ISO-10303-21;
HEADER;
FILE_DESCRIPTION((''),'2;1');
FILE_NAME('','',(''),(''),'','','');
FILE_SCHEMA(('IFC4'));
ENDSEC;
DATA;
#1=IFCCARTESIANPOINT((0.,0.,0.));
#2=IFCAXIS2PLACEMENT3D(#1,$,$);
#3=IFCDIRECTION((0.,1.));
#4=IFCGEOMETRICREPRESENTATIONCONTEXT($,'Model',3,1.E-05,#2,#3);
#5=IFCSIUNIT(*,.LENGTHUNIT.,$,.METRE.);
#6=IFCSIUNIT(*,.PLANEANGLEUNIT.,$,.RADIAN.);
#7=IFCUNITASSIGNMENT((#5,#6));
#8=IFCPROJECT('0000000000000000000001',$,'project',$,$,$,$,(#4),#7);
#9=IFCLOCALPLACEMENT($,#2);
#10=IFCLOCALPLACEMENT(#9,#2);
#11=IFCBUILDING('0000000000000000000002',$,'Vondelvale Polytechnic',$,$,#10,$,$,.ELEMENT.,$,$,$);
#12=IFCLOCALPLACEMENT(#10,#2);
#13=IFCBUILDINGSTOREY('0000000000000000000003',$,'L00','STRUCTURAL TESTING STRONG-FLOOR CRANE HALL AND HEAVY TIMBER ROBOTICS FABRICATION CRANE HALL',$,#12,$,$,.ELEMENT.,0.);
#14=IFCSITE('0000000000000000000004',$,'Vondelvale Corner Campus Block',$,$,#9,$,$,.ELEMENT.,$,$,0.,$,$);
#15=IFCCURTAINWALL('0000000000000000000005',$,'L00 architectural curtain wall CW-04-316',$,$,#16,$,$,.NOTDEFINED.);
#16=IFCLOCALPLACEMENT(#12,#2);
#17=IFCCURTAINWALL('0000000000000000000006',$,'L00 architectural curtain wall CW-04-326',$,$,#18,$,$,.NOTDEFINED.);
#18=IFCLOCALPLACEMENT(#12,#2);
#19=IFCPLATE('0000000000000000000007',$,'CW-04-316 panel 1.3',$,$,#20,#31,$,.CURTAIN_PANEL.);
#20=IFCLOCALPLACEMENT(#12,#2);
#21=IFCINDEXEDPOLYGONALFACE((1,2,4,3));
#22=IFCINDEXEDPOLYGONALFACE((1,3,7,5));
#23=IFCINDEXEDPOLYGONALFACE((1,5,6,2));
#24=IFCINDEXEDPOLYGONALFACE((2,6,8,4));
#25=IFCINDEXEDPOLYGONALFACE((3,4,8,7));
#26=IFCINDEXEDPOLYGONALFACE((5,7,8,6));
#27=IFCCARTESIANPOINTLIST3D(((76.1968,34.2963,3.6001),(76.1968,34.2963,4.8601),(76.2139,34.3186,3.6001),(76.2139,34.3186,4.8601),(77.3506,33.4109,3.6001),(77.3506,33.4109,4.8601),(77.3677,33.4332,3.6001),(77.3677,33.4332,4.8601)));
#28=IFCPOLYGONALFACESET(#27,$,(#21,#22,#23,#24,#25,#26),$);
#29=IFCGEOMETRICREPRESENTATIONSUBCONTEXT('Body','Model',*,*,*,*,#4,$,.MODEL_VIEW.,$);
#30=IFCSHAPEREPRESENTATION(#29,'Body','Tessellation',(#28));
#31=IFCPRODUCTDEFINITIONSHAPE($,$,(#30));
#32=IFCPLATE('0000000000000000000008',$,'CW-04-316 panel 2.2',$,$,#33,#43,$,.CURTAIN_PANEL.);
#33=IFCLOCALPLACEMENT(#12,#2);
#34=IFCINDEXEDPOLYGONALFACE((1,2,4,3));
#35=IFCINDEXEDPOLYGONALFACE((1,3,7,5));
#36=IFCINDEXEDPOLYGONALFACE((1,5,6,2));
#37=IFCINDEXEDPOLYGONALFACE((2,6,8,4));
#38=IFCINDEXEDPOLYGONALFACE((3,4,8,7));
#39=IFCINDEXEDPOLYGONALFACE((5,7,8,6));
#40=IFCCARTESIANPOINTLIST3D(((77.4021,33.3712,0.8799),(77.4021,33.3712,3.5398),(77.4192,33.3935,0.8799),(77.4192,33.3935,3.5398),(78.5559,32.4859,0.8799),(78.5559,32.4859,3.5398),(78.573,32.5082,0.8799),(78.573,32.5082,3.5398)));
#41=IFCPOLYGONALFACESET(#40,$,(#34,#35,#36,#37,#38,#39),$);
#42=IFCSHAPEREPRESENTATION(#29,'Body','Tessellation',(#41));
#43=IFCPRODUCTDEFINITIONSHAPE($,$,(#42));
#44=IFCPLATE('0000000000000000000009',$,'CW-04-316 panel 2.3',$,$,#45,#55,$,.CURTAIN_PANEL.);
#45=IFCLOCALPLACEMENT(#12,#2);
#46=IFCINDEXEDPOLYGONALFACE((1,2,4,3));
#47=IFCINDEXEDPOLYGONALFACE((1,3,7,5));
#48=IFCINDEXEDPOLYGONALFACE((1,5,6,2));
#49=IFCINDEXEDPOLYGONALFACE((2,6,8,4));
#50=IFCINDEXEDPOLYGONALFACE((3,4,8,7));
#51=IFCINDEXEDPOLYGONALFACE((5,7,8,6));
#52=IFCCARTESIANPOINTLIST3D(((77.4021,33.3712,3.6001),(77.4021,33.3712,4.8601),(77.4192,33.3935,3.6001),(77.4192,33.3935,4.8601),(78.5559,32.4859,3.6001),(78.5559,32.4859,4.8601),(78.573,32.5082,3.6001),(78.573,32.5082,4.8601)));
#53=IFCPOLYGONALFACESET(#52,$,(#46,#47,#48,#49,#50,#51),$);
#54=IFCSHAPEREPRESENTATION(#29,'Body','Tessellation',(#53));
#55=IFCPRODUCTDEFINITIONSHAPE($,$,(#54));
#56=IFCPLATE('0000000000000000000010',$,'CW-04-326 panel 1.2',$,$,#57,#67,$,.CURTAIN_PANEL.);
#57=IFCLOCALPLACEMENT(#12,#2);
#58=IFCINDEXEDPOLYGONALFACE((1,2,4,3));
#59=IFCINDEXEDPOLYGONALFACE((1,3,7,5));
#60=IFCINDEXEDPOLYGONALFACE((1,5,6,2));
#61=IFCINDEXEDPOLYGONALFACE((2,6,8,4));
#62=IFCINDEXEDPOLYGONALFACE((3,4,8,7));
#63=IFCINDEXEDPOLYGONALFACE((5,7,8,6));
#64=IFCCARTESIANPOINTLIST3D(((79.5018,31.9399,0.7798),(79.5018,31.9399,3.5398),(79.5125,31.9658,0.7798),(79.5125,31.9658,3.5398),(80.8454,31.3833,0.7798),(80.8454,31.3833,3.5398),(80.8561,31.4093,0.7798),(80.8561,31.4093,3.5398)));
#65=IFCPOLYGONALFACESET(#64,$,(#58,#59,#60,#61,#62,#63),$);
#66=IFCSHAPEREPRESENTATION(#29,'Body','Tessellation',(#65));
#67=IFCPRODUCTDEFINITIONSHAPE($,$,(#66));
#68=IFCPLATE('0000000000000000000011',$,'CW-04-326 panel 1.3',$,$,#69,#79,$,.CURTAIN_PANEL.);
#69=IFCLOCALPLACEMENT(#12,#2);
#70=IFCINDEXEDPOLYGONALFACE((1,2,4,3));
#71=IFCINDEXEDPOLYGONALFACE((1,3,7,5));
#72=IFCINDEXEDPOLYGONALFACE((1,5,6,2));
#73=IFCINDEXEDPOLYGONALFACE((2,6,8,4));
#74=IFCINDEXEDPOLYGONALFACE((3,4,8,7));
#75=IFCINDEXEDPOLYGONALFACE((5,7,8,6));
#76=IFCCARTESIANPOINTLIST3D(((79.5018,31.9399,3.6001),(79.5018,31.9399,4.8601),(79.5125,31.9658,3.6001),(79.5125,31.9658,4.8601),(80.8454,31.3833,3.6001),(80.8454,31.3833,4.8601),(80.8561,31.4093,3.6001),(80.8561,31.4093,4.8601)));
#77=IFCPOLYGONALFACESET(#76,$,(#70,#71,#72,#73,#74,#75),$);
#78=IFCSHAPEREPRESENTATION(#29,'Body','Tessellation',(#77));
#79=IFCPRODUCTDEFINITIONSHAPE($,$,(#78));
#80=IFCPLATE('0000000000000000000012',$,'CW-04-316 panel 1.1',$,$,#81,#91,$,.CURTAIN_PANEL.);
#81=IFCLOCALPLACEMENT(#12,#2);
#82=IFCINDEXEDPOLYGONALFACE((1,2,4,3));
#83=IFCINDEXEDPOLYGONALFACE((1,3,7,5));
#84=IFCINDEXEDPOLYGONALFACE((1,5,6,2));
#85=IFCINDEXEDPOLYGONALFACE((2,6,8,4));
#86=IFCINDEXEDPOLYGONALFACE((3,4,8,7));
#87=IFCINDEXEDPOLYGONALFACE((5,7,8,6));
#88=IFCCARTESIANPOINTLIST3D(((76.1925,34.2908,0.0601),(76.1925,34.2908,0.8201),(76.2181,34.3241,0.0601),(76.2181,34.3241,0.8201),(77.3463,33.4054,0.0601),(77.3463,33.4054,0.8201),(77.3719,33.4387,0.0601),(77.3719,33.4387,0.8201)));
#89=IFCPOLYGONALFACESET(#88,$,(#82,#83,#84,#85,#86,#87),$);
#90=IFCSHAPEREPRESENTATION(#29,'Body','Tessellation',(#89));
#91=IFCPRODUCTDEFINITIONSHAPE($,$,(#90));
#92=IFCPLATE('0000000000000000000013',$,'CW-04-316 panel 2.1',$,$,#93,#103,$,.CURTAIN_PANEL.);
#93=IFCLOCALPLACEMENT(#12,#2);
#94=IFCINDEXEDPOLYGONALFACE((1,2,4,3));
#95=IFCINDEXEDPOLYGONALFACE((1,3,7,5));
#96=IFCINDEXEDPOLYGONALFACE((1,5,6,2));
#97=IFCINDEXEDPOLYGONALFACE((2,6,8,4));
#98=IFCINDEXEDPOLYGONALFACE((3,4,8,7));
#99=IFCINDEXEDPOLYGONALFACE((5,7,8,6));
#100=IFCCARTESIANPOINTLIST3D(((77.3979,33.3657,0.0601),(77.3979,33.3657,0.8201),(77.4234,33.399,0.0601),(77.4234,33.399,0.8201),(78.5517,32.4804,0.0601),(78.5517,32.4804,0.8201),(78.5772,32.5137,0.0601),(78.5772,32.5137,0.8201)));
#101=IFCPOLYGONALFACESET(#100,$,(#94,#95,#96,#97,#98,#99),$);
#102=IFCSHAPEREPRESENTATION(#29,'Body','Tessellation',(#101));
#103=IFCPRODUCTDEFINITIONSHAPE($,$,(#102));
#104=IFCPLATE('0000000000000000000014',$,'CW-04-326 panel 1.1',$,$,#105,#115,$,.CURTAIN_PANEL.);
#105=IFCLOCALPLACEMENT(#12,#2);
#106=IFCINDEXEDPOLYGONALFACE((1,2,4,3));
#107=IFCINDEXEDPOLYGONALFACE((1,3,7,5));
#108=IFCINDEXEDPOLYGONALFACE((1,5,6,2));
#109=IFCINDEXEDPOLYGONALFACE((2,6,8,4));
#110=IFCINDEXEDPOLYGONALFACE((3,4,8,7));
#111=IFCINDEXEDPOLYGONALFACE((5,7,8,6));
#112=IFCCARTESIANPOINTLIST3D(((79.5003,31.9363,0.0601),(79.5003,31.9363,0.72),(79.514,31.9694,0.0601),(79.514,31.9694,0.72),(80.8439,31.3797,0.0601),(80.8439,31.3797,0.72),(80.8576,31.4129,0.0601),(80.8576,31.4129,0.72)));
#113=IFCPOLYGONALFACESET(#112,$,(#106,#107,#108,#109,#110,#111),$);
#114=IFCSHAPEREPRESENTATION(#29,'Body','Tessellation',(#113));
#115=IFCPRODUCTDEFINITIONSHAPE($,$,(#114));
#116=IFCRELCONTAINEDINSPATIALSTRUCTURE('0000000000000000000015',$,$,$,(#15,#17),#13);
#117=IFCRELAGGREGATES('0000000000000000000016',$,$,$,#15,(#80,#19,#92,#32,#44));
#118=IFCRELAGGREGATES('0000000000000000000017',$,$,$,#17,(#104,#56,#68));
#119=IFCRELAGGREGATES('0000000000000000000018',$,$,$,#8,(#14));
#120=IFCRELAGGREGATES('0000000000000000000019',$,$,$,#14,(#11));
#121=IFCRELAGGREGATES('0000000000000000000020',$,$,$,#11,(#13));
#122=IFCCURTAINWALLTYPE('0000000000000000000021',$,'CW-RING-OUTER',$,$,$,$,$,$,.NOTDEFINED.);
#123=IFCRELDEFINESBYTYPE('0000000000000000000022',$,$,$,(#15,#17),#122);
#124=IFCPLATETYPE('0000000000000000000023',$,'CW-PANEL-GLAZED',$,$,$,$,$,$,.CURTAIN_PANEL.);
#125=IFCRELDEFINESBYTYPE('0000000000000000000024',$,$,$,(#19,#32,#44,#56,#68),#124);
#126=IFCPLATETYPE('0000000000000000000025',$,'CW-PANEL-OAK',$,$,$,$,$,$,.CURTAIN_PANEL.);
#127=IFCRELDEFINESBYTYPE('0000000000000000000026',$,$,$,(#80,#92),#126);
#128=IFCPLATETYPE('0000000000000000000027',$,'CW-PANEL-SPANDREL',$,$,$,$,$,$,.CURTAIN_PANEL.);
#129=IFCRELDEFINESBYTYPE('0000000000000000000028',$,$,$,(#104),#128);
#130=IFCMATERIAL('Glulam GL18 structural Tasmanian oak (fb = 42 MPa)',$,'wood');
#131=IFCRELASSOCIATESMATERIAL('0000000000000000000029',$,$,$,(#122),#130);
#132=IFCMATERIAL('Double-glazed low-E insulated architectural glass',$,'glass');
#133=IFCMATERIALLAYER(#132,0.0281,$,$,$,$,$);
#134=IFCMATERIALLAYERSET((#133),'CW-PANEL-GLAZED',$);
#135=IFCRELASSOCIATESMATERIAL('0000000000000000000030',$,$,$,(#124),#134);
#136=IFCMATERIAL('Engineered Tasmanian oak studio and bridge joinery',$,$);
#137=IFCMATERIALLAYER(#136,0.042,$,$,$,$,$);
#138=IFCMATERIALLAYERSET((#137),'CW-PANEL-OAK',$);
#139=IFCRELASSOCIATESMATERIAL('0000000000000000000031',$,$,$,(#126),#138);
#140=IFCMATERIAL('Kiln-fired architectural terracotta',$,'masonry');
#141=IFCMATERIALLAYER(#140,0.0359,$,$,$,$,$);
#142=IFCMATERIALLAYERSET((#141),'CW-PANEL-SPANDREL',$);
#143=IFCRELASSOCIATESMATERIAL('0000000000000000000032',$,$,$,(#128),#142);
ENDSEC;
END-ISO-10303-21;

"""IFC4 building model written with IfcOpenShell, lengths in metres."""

from ifc_helpers import new_model, si_unit, direction, frame, origin, origin_2d, place, context, subcontext, project, spatial, rectangle, extrude, material, layer, layer_set, type_object, element, aggregate, save


model = new_model("IFC4")

# Units and contexts
model_context = context("Model", 3, precision=1e-05, world=origin(), true_north=direction((0.0, 1.0)))
body_context = subcontext(model_context, "Body", "Model", "MODEL_VIEW")
ifc_project = project(units=[si_unit("LENGTHUNIT", "METRE"), si_unit("PLANEANGLEUNIT", "RADIAN")], contexts=[model_context])

# Site, building, storey
site_placement = place(None, origin())
site = spatial("IfcSite", under=ifc_project, at=site_placement, Name="Vondelvale Corner Campus Block", CompositionType="ELEMENT", RefElevation=0.0)
building_placement = place(site_placement, origin())
building = spatial("IfcBuilding", under=site, at=building_placement, Name="Vondelvale Polytechnic", CompositionType="ELEMENT")
storey_placement = place(building_placement, origin())
storey = spatial("IfcBuildingStorey", under=building, at=storey_placement, Name="L00", Description="STRUCTURAL TESTING STRONG-FLOOR CRANE HALL AND HEAVY TIMBER ROBOTICS FABRICATION CRANE HALL", CompositionType="ELEMENT", Elevation=0.0)

# Shared definitions
ifc_material_1 = material(Name="Glulam GL18 structural Tasmanian oak (fb = 42 MPa)", Category="wood")

# Curtain wall
curtain_wall_type = type_object("IfcCurtainWallType", Name="CW-RING-OUTER", PredefinedType="NOTDEFINED", material=ifc_material_1)
curtain_wall_1_placement = place(storey_placement, origin())
curtain_wall_1 = element("IfcCurtainWall", 1, at=curtain_wall_1_placement, inside=storey, type_object=curtain_wall_type, Name="L00 architectural curtain wall CW-04-316", PredefinedType="NOTDEFINED")

# Curtain wall
curtain_wall_2_placement = place(storey_placement, origin())
curtain_wall_2 = element("IfcCurtainWall", 2, at=curtain_wall_2_placement, inside=storey, type_object=curtain_wall_type, Name="L00 architectural curtain wall CW-04-326", PredefinedType="NOTDEFINED")

# Plates
ifc_material_2 = material(Name="Double-glazed low-E insulated architectural glass", Category="glass")
ifc_layer_1 = layer(ifc_material_2, 0.0281)
ifc_layer_set_1 = layer_set([ifc_layer_1], Name="CW-PANEL-GLAZED")
plate_type_1 = type_object("IfcPlateType", Name="CW-PANEL-GLAZED", PredefinedType="CURTAIN_PANEL", material=ifc_layer_set_1)
plate_1_placement = place(storey_placement, frame((76.7822, 33.8647, 3.6001), z_axis=(0.0, 0.0, 1.0), x_axis=(0.793352, -0.608764, 0.0)))
plate_1 = element("IfcPlate", 3, at=plate_1_placement, type_object=plate_type_1, Name="CW-04-316 panel 1.3", PredefinedType="CURTAIN_PANEL", context=body_context, shape_type="SweptSolid", body=[
    extrude(rectangle(XDim=1.4543, YDim=0.0281, at=origin_2d()), origin(), (0.0, 0.0, 1.0), 1.26),
])
plate_2_placement = place(storey_placement, frame((77.9875, 32.9397, 0.8799), z_axis=(0.0, 0.0, 1.0), x_axis=(0.793352, -0.608764, 0.0)))
plate_2 = element("IfcPlate", 4, at=plate_2_placement, type_object=plate_type_1, Name="CW-04-316 panel 2.2", PredefinedType="CURTAIN_PANEL", context=body_context, shape_type="SweptSolid", body=[
    extrude(rectangle(XDim=1.4543, YDim=0.0281, at=origin_2d()), origin(), (0.0, 0.0, 1.0), 2.6599),
])
plate_3_placement = place(storey_placement, frame((77.9875, 32.9397, 3.6001), z_axis=(0.0, 0.0, 1.0), x_axis=(0.793352, -0.608764, 0.0)))
plate_3 = element("IfcPlate", 5, at=plate_3_placement, type_object=plate_type_1, Name="CW-04-316 panel 2.3", PredefinedType="CURTAIN_PANEL", context=body_context, shape_type="SweptSolid", body=[
    extrude(rectangle(XDim=1.4543, YDim=0.0281, at=origin_2d()), origin(), (0.0, 0.0, 1.0), 1.26),
])
plate_4_placement = place(storey_placement, frame((80.179, 31.6746, 0.7798), z_axis=(0.0, 0.0, 1.0), x_axis=(0.923881, -0.382679, 0.0)))
plate_4 = element("IfcPlate", 6, at=plate_4_placement, type_object=plate_type_1, Name="CW-04-326 panel 1.2", PredefinedType="CURTAIN_PANEL", context=body_context, shape_type="SweptSolid", body=[
    extrude(rectangle(XDim=1.4543, YDim=0.0281, at=origin_2d()), origin(), (0.0, 0.0, 1.0), 2.76),
])
plate_5_placement = place(storey_placement, frame((80.179, 31.6746, 3.6001), z_axis=(0.0, 0.0, 1.0), x_axis=(0.923881, -0.382679, 0.0)))
plate_5 = element("IfcPlate", 7, at=plate_5_placement, type_object=plate_type_1, Name="CW-04-326 panel 1.3", PredefinedType="CURTAIN_PANEL", context=body_context, shape_type="SweptSolid", body=[
    extrude(rectangle(XDim=1.4543, YDim=0.0281, at=origin_2d()), origin(), (0.0, 0.0, 1.0), 1.26),
])
ifc_material_3 = material(Name="Engineered Tasmanian oak studio and bridge joinery")
ifc_layer_2 = layer(ifc_material_3, 0.042)
ifc_layer_set_2 = layer_set([ifc_layer_2], Name="CW-PANEL-OAK")
plate_type_2 = type_object("IfcPlateType", Name="CW-PANEL-OAK", PredefinedType="CURTAIN_PANEL", material=ifc_layer_set_2)
plate_6_placement = place(storey_placement, frame((76.7822, 33.8647, 0.0601), z_axis=(0.0, 0.0, 1.0), x_axis=(0.793352, -0.608764, 0.0)))
plate_6 = element("IfcPlate", 8, at=plate_6_placement, type_object=plate_type_2, Name="CW-04-316 panel 1.1", PredefinedType="CURTAIN_PANEL", context=body_context, shape_type="SweptSolid", body=[
    extrude(rectangle(XDim=1.4543, YDim=0.042, at=origin_2d()), origin(), (0.0, 0.0, 1.0), 0.76),
])
plate_7_placement = place(storey_placement, frame((77.9875, 32.9397, 0.0601), z_axis=(0.0, 0.0, 1.0), x_axis=(0.793352, -0.608764, 0.0)))
plate_7 = element("IfcPlate", 9, at=plate_7_placement, type_object=plate_type_2, Name="CW-04-316 panel 2.1", PredefinedType="CURTAIN_PANEL", context=body_context, shape_type="SweptSolid", body=[
    extrude(rectangle(XDim=1.4543, YDim=0.042, at=origin_2d()), origin(), (0.0, 0.0, 1.0), 0.76),
])
aggregate(curtain_wall_1, [plate_6, plate_1, plate_7, plate_2, plate_3])
ifc_material_4 = material(Name="Kiln-fired architectural terracotta", Category="masonry")
ifc_layer_3 = layer(ifc_material_4, 0.0359)
ifc_layer_set_3 = layer_set([ifc_layer_3], Name="CW-PANEL-SPANDREL")
plate_type_3 = type_object("IfcPlateType", Name="CW-PANEL-SPANDREL", PredefinedType="CURTAIN_PANEL", material=ifc_layer_set_3)
plate_8_placement = place(storey_placement, frame((80.179, 31.6746, 0.0601), z_axis=(0.0, 0.0, 1.0), x_axis=(0.923881, -0.382679, 0.0)))
plate_8 = element("IfcPlate", 10, at=plate_8_placement, type_object=plate_type_3, Name="CW-04-326 panel 1.1", PredefinedType="CURTAIN_PANEL", context=body_context, shape_type="SweptSolid", body=[
    extrude(rectangle(XDim=1.4543, YDim=0.0359, at=origin_2d()), origin(), (0.0, 0.0, 1.0), 0.6599),
])
aggregate(curtain_wall_2, [plate_8, plate_4, plate_5])

save(model, "model.ifc")
